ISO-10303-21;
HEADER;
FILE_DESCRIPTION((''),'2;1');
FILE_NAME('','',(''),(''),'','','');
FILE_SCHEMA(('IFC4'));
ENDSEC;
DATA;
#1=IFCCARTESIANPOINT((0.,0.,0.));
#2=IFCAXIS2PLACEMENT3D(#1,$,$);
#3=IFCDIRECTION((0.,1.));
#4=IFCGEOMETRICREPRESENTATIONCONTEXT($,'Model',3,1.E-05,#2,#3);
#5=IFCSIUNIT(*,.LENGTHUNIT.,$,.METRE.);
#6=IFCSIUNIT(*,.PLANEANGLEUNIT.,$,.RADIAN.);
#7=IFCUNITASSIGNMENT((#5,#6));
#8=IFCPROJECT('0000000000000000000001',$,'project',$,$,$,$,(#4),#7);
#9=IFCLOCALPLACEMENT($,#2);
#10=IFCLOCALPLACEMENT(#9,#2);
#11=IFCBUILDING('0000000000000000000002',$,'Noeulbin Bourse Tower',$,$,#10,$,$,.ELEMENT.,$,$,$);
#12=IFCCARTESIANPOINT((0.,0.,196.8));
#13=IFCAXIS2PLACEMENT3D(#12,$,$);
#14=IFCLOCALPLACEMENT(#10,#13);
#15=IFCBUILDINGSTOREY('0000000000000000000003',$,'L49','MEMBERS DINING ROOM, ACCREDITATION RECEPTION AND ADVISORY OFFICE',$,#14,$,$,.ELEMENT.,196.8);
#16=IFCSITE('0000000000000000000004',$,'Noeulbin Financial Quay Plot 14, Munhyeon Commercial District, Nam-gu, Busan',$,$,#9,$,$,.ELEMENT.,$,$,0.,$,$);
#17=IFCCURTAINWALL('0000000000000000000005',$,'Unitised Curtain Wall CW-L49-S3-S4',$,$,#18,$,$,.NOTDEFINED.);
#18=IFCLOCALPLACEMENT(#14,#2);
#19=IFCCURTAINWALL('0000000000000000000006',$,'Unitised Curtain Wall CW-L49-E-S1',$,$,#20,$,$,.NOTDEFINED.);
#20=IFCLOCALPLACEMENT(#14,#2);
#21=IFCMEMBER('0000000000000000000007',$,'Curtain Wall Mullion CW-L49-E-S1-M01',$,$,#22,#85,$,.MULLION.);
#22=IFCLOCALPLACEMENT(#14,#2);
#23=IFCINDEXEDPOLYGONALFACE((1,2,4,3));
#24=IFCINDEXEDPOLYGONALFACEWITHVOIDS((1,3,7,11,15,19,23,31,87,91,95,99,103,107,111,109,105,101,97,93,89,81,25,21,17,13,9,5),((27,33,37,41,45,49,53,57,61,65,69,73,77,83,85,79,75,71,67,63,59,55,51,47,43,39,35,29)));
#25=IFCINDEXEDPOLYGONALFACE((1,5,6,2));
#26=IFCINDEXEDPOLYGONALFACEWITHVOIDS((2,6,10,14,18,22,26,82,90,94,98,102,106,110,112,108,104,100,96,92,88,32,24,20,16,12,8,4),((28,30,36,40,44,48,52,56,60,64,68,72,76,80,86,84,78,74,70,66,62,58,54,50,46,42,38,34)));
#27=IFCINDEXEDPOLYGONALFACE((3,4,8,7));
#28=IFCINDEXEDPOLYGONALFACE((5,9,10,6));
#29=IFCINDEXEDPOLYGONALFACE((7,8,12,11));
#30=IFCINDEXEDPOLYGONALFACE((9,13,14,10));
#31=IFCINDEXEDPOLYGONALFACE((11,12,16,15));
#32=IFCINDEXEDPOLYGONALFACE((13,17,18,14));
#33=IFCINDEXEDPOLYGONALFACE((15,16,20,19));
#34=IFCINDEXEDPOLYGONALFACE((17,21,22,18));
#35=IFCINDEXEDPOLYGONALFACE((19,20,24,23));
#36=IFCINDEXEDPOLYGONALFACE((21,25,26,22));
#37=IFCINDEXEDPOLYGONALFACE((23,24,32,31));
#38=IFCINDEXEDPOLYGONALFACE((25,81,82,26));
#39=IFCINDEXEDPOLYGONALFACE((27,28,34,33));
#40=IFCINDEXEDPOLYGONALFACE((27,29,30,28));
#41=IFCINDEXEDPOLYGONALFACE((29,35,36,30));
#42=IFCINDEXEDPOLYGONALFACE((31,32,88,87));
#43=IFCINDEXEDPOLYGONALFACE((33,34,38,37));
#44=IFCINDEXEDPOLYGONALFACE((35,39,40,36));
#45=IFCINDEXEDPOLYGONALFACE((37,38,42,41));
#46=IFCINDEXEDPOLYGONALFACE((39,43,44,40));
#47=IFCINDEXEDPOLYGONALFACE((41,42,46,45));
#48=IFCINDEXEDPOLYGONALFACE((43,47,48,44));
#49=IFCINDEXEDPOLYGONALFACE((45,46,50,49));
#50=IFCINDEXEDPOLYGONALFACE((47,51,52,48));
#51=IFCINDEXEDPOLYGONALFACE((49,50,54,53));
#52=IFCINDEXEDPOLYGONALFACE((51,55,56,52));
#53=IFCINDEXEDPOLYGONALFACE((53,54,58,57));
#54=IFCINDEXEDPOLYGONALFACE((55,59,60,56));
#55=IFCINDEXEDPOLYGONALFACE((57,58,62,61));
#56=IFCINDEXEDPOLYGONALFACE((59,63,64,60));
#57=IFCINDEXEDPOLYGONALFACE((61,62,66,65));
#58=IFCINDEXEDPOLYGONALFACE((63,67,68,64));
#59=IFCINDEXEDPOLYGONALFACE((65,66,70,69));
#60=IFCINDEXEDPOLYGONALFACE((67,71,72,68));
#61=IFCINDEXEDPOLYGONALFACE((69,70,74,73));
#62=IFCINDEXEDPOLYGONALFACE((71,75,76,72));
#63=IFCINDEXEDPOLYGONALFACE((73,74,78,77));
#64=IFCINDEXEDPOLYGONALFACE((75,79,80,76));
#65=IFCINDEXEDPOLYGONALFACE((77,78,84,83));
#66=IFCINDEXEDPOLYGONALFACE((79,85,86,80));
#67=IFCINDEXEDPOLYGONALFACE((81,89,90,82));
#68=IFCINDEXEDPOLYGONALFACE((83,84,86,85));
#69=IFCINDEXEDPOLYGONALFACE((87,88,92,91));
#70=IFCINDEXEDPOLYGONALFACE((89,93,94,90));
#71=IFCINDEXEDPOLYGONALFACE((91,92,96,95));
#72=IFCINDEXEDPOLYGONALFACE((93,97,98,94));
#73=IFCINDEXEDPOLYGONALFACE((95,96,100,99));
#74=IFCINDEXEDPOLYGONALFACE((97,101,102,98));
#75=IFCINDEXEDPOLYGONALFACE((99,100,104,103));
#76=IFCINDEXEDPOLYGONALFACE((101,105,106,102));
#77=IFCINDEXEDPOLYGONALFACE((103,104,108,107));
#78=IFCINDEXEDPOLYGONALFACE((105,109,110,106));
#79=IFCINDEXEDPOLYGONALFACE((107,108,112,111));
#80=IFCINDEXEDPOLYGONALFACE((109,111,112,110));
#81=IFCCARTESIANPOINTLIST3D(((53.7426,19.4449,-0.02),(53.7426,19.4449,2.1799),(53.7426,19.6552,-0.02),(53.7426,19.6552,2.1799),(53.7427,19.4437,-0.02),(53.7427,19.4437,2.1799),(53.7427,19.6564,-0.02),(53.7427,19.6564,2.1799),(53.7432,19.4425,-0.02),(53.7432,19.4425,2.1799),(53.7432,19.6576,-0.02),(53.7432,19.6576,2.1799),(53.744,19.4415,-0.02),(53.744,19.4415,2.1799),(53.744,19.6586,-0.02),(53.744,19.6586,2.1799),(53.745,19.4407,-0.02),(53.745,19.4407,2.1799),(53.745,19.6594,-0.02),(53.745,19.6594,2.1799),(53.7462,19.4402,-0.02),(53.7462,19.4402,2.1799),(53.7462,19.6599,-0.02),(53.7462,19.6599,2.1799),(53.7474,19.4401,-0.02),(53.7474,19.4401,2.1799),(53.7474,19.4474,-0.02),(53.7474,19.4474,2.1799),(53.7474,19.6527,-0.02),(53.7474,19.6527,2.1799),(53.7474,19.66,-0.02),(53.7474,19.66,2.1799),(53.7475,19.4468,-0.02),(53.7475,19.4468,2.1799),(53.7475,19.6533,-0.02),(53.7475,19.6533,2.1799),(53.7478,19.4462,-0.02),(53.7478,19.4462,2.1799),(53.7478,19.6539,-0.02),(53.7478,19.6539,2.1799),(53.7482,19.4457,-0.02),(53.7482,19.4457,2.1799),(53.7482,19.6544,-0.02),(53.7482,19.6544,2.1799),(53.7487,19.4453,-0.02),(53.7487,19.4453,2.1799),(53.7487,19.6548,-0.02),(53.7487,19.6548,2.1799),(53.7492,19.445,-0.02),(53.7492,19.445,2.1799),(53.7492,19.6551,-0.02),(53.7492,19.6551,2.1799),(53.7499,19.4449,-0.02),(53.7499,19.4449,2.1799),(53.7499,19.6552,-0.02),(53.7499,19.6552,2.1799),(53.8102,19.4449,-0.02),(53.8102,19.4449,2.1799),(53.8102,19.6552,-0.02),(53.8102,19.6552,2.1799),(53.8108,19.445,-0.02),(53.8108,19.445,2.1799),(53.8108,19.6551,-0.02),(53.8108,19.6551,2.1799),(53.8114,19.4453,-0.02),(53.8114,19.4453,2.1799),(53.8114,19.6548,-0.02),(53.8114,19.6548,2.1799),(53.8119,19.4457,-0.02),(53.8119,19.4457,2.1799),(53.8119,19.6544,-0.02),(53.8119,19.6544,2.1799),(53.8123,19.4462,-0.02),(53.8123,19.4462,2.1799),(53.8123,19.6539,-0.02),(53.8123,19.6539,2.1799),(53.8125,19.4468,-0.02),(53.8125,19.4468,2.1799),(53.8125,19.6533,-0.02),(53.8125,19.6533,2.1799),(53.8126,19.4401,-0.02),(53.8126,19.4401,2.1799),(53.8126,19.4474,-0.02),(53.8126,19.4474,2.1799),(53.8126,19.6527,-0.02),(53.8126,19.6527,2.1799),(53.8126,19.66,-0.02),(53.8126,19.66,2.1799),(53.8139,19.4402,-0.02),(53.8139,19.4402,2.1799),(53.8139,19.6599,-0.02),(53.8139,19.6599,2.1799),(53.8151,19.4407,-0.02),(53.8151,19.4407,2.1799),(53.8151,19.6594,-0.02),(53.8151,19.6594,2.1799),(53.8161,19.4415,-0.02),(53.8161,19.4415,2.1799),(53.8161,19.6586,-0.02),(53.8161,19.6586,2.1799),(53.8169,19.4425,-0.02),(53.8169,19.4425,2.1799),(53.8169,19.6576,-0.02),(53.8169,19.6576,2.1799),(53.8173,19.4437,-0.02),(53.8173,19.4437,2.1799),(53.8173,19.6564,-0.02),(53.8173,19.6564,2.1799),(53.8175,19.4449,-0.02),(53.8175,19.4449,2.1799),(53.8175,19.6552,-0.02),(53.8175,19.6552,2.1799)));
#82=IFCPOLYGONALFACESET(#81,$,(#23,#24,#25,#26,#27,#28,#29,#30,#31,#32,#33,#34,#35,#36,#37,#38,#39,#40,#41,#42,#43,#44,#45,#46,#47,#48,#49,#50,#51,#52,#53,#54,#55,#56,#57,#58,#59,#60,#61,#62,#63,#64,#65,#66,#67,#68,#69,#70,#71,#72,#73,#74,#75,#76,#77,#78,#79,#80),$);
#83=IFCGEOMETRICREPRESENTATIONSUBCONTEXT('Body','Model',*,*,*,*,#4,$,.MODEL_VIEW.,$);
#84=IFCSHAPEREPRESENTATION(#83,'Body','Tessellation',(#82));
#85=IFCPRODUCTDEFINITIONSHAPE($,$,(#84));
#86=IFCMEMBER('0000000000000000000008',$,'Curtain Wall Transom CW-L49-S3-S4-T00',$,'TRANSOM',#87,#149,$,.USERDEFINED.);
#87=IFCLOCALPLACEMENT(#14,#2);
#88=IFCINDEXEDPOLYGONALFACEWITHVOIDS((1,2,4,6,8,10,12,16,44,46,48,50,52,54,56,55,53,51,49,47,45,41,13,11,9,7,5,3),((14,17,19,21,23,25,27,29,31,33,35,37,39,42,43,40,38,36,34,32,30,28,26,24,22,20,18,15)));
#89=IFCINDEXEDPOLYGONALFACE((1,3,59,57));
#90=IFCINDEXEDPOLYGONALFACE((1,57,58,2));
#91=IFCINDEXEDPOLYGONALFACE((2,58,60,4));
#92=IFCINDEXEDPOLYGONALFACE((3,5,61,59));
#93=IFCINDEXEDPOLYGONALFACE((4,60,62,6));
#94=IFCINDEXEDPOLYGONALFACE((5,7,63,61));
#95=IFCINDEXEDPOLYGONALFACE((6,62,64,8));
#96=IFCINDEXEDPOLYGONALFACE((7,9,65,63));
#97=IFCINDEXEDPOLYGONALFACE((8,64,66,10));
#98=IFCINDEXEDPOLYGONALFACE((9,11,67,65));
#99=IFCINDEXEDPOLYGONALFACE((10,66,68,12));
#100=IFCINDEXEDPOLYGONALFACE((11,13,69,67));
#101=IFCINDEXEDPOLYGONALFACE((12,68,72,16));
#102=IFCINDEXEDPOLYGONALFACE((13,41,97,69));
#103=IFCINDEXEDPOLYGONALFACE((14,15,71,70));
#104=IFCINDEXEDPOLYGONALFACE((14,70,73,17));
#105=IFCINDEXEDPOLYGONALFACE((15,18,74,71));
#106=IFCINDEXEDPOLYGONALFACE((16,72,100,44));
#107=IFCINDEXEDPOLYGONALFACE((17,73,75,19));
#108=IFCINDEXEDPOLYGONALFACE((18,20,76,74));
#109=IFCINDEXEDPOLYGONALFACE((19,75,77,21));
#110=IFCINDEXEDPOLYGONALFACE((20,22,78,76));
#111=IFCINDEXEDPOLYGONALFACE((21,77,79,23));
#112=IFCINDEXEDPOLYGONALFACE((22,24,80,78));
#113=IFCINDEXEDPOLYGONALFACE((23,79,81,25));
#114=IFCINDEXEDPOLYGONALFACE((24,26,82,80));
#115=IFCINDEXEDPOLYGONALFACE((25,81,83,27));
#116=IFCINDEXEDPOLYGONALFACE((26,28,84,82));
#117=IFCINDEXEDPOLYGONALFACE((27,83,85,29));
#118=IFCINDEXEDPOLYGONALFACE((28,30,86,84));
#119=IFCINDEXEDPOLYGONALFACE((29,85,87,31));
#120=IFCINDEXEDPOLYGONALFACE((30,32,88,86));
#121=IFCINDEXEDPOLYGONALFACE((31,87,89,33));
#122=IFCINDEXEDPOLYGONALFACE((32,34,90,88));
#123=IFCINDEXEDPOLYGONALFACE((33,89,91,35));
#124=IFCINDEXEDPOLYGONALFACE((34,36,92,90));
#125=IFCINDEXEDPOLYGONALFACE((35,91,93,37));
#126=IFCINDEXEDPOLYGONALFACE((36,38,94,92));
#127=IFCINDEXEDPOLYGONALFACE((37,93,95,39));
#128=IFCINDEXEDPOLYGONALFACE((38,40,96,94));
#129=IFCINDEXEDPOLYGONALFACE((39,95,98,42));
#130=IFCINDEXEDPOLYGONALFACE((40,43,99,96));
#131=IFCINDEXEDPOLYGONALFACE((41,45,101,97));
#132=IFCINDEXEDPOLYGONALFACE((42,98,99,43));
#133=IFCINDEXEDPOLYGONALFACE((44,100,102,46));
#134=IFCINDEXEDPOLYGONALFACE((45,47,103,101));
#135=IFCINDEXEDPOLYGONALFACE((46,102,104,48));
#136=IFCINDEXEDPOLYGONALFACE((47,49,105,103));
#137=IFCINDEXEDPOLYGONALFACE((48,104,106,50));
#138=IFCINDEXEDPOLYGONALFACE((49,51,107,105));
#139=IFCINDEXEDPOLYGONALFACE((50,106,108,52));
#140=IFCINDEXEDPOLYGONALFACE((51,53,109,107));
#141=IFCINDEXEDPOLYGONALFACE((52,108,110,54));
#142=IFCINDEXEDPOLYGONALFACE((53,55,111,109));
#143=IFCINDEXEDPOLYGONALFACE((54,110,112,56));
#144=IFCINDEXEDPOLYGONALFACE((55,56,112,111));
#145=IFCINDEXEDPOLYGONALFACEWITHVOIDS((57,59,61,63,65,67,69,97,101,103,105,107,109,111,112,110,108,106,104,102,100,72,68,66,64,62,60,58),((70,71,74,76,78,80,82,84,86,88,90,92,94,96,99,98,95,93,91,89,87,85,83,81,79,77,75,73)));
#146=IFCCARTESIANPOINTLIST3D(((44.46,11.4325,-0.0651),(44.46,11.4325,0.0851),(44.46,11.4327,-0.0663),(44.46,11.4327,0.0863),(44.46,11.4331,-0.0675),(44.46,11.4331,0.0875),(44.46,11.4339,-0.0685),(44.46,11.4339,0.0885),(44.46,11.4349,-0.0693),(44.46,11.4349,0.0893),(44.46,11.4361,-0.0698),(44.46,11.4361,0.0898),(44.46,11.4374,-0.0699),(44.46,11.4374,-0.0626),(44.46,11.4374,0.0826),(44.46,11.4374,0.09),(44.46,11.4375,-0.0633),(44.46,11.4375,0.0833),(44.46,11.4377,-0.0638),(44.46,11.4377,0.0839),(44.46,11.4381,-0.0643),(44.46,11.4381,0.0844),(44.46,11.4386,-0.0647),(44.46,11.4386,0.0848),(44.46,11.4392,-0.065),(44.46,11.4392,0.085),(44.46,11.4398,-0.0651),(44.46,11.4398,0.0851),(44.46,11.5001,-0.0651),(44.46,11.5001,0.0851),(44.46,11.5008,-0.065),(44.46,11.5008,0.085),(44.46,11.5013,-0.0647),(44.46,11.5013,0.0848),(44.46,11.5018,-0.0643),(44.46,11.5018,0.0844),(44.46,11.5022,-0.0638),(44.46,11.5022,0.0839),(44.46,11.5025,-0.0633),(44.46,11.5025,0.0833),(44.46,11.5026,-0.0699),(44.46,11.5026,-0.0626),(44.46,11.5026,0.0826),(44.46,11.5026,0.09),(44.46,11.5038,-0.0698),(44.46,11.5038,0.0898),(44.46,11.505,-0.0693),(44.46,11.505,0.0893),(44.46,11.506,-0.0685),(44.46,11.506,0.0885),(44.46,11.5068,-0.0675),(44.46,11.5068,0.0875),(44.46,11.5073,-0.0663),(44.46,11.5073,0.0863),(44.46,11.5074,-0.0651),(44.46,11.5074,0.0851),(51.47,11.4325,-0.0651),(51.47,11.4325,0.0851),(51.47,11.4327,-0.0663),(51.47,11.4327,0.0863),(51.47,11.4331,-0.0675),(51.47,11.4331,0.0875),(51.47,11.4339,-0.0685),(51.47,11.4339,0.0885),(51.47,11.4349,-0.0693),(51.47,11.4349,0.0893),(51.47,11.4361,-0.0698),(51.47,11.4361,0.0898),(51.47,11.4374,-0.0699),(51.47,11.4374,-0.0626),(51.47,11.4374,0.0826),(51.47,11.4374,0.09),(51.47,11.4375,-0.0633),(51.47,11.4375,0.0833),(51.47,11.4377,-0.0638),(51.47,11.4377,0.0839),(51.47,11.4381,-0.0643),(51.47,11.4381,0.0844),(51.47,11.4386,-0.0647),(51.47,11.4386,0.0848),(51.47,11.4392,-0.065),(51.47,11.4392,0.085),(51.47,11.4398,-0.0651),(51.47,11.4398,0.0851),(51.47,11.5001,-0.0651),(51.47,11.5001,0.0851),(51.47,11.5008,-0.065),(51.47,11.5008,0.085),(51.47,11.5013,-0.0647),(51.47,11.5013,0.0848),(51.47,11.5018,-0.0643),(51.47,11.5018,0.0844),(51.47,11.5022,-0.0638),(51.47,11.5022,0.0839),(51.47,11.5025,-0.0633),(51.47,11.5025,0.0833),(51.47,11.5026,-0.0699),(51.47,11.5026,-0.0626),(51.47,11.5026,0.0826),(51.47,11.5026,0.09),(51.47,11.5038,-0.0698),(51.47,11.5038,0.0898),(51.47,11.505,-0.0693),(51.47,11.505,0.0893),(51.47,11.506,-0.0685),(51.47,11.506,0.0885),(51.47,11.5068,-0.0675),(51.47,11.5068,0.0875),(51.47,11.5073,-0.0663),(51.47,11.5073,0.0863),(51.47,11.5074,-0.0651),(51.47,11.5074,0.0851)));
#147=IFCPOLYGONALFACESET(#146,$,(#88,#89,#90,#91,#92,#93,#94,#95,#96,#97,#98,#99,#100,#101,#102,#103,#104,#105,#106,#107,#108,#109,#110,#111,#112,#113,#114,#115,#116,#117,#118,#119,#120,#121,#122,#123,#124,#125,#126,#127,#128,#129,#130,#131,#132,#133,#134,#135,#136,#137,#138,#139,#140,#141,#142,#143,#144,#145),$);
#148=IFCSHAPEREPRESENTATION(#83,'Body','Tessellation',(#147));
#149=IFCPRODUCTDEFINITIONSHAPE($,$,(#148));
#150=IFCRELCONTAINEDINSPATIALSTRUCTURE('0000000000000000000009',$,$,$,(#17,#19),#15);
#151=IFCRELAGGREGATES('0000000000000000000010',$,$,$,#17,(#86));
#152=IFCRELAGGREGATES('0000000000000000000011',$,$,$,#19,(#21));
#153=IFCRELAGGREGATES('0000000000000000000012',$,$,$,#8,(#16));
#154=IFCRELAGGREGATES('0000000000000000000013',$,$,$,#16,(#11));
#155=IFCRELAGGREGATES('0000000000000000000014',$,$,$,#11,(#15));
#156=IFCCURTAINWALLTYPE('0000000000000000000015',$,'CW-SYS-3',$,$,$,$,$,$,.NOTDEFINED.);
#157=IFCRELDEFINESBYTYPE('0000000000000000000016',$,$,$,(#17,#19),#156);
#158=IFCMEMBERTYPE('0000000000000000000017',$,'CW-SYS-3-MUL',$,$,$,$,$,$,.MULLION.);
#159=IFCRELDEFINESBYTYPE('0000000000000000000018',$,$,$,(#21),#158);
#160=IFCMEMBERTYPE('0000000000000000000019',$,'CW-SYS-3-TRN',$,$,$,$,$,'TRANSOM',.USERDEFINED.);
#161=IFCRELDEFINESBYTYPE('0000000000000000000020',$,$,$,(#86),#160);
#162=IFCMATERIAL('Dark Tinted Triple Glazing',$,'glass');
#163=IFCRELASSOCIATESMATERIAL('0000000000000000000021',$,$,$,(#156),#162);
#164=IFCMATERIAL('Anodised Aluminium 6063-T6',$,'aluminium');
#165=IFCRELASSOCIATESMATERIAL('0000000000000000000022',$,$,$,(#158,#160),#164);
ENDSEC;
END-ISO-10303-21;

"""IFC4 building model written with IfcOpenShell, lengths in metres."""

from ifc_helpers import new_model, si_unit, direction, frame, origin, origin_2d, place, context, subcontext, project, spatial, hollow_rectangle, extrude, material, material_profile, profile_set, type_object, element, aggregate, save


model = new_model("IFC4")

# Units and contexts
model_context = context("Model", 3, precision=1e-05, world=origin(), true_north=direction((0.0, 1.0)))
body_context = subcontext(model_context, "Body", "Model", "MODEL_VIEW")
ifc_project = project(units=[si_unit("LENGTHUNIT", "METRE"), si_unit("PLANEANGLEUNIT", "RADIAN")], contexts=[model_context])

# Site, building, storey
site_placement = place(None, origin())
site = spatial("IfcSite", under=ifc_project, at=site_placement, Name="Noeulbin Financial Quay Plot 14, Munhyeon Commercial District, Nam-gu, Busan", CompositionType="ELEMENT", RefElevation=0.0)
building_placement = place(site_placement, origin())
building = spatial("IfcBuilding", under=site, at=building_placement, Name="Noeulbin Bourse Tower", CompositionType="ELEMENT")
storey_placement = place(building_placement, frame((0.0, 0.0, 196.8)))
storey = spatial("IfcBuildingStorey", under=building, at=storey_placement, Name="L49", Description="MEMBERS DINING ROOM, ACCREDITATION RECEPTION AND ADVISORY OFFICE", CompositionType="ELEMENT", Elevation=196.8)

# Curtain walls, member
ifc_material_1 = material(Name="Dark Tinted Triple Glazing", Category="glass")
curtain_wall_type = type_object("IfcCurtainWallType", Name="CW-SYS-3", PredefinedType="NOTDEFINED", material=ifc_material_1)
curtain_wall_1_placement = place(storey_placement, origin())
curtain_wall_1 = element("IfcCurtainWall", 1, at=curtain_wall_1_placement, inside=storey, type_object=curtain_wall_type, Name="Unitised Curtain Wall CW-L49-S3-S4", PredefinedType="NOTDEFINED")
ifc_material_2 = material(Name="Anodised Aluminium 6063-T6", Category="aluminium")
ifc_material_profile_1 = material_profile(ifc_material_2, hollow_rectangle(XDim=0.075, YDim=0.22, WallThickness=0.0049, InnerFilletRadius=0.0024, OuterFilletRadius=0.0049, at=origin_2d()), Name="ALU-MULL-75x220x5", Category="LoadBearing")
ifc_profile_set_1 = profile_set([ifc_material_profile_1], Name="Anodised Aluminium 6063-T6")
member_type_1 = type_object("IfcMemberType", Name="CW-SYS-3-MUL", PredefinedType="MULLION", material=ifc_profile_set_1)
curtain_wall_2_placement = place(storey_placement, origin())
curtain_wall_2 = element("IfcCurtainWall", 2, at=curtain_wall_2_placement, inside=storey, type_object=curtain_wall_type, Name="Unitised Curtain Wall CW-L49-E-S1", PredefinedType="NOTDEFINED")
member_1_placement = place(storey_placement, frame((53.78, 19.55, -0.02), z_axis=(0.0, 0.0, 1.0), x_axis=(1.0, 0.0, 0.0)))
member_1 = element("IfcMember", 3, at=member_1_placement, type_object=member_type_1, Name="Curtain Wall Mullion CW-L49-E-S1-M01", PredefinedType="MULLION", context=body_context, shape_type="SweptSolid", body=[
    extrude(hollow_rectangle(XDim=0.075, YDim=0.22, WallThickness=0.0049, InnerFilletRadius=0.0024, OuterFilletRadius=0.0049, at=origin_2d()), origin(), (0.0, 0.0, 1.0), 2.2),
])

# Member
ifc_material_profile_2 = material_profile(ifc_material_2, hollow_rectangle(XDim=0.075, YDim=0.1599, WallThickness=0.0049, InnerFilletRadius=0.0024, OuterFilletRadius=0.0049, at=origin_2d()), Name="ALU-TRAN-75x160x5", Category="LoadBearing")
ifc_profile_set_2 = profile_set([ifc_material_profile_2], Name="Anodised Aluminium 6063-T6")
member_type_2 = type_object("IfcMemberType", Name="CW-SYS-3-TRN", ElementType="TRANSOM", PredefinedType="USERDEFINED", material=ifc_profile_set_2)
member_2_placement = place(storey_placement, frame((44.46, 11.47, 0.01), z_axis=(1.0, 0.0, 0.0), x_axis=(0.0, 1.0, 0.0)))
member_2 = element("IfcMember", 4, at=member_2_placement, type_object=member_type_2, Name="Curtain Wall Transom CW-L49-S3-S4-T00", ObjectType="TRANSOM", PredefinedType="USERDEFINED", context=body_context, shape_type="SweptSolid", body=[
    extrude(hollow_rectangle(XDim=0.075, YDim=0.1599, WallThickness=0.0049, InnerFilletRadius=0.0024, OuterFilletRadius=0.0049, at=origin_2d()), origin(), (0.0, 0.0, 1.0), 7.01),
])

aggregate(curtain_wall_1, [member_2])
aggregate(curtain_wall_2, [member_1])

save(model, "model.ifc")
